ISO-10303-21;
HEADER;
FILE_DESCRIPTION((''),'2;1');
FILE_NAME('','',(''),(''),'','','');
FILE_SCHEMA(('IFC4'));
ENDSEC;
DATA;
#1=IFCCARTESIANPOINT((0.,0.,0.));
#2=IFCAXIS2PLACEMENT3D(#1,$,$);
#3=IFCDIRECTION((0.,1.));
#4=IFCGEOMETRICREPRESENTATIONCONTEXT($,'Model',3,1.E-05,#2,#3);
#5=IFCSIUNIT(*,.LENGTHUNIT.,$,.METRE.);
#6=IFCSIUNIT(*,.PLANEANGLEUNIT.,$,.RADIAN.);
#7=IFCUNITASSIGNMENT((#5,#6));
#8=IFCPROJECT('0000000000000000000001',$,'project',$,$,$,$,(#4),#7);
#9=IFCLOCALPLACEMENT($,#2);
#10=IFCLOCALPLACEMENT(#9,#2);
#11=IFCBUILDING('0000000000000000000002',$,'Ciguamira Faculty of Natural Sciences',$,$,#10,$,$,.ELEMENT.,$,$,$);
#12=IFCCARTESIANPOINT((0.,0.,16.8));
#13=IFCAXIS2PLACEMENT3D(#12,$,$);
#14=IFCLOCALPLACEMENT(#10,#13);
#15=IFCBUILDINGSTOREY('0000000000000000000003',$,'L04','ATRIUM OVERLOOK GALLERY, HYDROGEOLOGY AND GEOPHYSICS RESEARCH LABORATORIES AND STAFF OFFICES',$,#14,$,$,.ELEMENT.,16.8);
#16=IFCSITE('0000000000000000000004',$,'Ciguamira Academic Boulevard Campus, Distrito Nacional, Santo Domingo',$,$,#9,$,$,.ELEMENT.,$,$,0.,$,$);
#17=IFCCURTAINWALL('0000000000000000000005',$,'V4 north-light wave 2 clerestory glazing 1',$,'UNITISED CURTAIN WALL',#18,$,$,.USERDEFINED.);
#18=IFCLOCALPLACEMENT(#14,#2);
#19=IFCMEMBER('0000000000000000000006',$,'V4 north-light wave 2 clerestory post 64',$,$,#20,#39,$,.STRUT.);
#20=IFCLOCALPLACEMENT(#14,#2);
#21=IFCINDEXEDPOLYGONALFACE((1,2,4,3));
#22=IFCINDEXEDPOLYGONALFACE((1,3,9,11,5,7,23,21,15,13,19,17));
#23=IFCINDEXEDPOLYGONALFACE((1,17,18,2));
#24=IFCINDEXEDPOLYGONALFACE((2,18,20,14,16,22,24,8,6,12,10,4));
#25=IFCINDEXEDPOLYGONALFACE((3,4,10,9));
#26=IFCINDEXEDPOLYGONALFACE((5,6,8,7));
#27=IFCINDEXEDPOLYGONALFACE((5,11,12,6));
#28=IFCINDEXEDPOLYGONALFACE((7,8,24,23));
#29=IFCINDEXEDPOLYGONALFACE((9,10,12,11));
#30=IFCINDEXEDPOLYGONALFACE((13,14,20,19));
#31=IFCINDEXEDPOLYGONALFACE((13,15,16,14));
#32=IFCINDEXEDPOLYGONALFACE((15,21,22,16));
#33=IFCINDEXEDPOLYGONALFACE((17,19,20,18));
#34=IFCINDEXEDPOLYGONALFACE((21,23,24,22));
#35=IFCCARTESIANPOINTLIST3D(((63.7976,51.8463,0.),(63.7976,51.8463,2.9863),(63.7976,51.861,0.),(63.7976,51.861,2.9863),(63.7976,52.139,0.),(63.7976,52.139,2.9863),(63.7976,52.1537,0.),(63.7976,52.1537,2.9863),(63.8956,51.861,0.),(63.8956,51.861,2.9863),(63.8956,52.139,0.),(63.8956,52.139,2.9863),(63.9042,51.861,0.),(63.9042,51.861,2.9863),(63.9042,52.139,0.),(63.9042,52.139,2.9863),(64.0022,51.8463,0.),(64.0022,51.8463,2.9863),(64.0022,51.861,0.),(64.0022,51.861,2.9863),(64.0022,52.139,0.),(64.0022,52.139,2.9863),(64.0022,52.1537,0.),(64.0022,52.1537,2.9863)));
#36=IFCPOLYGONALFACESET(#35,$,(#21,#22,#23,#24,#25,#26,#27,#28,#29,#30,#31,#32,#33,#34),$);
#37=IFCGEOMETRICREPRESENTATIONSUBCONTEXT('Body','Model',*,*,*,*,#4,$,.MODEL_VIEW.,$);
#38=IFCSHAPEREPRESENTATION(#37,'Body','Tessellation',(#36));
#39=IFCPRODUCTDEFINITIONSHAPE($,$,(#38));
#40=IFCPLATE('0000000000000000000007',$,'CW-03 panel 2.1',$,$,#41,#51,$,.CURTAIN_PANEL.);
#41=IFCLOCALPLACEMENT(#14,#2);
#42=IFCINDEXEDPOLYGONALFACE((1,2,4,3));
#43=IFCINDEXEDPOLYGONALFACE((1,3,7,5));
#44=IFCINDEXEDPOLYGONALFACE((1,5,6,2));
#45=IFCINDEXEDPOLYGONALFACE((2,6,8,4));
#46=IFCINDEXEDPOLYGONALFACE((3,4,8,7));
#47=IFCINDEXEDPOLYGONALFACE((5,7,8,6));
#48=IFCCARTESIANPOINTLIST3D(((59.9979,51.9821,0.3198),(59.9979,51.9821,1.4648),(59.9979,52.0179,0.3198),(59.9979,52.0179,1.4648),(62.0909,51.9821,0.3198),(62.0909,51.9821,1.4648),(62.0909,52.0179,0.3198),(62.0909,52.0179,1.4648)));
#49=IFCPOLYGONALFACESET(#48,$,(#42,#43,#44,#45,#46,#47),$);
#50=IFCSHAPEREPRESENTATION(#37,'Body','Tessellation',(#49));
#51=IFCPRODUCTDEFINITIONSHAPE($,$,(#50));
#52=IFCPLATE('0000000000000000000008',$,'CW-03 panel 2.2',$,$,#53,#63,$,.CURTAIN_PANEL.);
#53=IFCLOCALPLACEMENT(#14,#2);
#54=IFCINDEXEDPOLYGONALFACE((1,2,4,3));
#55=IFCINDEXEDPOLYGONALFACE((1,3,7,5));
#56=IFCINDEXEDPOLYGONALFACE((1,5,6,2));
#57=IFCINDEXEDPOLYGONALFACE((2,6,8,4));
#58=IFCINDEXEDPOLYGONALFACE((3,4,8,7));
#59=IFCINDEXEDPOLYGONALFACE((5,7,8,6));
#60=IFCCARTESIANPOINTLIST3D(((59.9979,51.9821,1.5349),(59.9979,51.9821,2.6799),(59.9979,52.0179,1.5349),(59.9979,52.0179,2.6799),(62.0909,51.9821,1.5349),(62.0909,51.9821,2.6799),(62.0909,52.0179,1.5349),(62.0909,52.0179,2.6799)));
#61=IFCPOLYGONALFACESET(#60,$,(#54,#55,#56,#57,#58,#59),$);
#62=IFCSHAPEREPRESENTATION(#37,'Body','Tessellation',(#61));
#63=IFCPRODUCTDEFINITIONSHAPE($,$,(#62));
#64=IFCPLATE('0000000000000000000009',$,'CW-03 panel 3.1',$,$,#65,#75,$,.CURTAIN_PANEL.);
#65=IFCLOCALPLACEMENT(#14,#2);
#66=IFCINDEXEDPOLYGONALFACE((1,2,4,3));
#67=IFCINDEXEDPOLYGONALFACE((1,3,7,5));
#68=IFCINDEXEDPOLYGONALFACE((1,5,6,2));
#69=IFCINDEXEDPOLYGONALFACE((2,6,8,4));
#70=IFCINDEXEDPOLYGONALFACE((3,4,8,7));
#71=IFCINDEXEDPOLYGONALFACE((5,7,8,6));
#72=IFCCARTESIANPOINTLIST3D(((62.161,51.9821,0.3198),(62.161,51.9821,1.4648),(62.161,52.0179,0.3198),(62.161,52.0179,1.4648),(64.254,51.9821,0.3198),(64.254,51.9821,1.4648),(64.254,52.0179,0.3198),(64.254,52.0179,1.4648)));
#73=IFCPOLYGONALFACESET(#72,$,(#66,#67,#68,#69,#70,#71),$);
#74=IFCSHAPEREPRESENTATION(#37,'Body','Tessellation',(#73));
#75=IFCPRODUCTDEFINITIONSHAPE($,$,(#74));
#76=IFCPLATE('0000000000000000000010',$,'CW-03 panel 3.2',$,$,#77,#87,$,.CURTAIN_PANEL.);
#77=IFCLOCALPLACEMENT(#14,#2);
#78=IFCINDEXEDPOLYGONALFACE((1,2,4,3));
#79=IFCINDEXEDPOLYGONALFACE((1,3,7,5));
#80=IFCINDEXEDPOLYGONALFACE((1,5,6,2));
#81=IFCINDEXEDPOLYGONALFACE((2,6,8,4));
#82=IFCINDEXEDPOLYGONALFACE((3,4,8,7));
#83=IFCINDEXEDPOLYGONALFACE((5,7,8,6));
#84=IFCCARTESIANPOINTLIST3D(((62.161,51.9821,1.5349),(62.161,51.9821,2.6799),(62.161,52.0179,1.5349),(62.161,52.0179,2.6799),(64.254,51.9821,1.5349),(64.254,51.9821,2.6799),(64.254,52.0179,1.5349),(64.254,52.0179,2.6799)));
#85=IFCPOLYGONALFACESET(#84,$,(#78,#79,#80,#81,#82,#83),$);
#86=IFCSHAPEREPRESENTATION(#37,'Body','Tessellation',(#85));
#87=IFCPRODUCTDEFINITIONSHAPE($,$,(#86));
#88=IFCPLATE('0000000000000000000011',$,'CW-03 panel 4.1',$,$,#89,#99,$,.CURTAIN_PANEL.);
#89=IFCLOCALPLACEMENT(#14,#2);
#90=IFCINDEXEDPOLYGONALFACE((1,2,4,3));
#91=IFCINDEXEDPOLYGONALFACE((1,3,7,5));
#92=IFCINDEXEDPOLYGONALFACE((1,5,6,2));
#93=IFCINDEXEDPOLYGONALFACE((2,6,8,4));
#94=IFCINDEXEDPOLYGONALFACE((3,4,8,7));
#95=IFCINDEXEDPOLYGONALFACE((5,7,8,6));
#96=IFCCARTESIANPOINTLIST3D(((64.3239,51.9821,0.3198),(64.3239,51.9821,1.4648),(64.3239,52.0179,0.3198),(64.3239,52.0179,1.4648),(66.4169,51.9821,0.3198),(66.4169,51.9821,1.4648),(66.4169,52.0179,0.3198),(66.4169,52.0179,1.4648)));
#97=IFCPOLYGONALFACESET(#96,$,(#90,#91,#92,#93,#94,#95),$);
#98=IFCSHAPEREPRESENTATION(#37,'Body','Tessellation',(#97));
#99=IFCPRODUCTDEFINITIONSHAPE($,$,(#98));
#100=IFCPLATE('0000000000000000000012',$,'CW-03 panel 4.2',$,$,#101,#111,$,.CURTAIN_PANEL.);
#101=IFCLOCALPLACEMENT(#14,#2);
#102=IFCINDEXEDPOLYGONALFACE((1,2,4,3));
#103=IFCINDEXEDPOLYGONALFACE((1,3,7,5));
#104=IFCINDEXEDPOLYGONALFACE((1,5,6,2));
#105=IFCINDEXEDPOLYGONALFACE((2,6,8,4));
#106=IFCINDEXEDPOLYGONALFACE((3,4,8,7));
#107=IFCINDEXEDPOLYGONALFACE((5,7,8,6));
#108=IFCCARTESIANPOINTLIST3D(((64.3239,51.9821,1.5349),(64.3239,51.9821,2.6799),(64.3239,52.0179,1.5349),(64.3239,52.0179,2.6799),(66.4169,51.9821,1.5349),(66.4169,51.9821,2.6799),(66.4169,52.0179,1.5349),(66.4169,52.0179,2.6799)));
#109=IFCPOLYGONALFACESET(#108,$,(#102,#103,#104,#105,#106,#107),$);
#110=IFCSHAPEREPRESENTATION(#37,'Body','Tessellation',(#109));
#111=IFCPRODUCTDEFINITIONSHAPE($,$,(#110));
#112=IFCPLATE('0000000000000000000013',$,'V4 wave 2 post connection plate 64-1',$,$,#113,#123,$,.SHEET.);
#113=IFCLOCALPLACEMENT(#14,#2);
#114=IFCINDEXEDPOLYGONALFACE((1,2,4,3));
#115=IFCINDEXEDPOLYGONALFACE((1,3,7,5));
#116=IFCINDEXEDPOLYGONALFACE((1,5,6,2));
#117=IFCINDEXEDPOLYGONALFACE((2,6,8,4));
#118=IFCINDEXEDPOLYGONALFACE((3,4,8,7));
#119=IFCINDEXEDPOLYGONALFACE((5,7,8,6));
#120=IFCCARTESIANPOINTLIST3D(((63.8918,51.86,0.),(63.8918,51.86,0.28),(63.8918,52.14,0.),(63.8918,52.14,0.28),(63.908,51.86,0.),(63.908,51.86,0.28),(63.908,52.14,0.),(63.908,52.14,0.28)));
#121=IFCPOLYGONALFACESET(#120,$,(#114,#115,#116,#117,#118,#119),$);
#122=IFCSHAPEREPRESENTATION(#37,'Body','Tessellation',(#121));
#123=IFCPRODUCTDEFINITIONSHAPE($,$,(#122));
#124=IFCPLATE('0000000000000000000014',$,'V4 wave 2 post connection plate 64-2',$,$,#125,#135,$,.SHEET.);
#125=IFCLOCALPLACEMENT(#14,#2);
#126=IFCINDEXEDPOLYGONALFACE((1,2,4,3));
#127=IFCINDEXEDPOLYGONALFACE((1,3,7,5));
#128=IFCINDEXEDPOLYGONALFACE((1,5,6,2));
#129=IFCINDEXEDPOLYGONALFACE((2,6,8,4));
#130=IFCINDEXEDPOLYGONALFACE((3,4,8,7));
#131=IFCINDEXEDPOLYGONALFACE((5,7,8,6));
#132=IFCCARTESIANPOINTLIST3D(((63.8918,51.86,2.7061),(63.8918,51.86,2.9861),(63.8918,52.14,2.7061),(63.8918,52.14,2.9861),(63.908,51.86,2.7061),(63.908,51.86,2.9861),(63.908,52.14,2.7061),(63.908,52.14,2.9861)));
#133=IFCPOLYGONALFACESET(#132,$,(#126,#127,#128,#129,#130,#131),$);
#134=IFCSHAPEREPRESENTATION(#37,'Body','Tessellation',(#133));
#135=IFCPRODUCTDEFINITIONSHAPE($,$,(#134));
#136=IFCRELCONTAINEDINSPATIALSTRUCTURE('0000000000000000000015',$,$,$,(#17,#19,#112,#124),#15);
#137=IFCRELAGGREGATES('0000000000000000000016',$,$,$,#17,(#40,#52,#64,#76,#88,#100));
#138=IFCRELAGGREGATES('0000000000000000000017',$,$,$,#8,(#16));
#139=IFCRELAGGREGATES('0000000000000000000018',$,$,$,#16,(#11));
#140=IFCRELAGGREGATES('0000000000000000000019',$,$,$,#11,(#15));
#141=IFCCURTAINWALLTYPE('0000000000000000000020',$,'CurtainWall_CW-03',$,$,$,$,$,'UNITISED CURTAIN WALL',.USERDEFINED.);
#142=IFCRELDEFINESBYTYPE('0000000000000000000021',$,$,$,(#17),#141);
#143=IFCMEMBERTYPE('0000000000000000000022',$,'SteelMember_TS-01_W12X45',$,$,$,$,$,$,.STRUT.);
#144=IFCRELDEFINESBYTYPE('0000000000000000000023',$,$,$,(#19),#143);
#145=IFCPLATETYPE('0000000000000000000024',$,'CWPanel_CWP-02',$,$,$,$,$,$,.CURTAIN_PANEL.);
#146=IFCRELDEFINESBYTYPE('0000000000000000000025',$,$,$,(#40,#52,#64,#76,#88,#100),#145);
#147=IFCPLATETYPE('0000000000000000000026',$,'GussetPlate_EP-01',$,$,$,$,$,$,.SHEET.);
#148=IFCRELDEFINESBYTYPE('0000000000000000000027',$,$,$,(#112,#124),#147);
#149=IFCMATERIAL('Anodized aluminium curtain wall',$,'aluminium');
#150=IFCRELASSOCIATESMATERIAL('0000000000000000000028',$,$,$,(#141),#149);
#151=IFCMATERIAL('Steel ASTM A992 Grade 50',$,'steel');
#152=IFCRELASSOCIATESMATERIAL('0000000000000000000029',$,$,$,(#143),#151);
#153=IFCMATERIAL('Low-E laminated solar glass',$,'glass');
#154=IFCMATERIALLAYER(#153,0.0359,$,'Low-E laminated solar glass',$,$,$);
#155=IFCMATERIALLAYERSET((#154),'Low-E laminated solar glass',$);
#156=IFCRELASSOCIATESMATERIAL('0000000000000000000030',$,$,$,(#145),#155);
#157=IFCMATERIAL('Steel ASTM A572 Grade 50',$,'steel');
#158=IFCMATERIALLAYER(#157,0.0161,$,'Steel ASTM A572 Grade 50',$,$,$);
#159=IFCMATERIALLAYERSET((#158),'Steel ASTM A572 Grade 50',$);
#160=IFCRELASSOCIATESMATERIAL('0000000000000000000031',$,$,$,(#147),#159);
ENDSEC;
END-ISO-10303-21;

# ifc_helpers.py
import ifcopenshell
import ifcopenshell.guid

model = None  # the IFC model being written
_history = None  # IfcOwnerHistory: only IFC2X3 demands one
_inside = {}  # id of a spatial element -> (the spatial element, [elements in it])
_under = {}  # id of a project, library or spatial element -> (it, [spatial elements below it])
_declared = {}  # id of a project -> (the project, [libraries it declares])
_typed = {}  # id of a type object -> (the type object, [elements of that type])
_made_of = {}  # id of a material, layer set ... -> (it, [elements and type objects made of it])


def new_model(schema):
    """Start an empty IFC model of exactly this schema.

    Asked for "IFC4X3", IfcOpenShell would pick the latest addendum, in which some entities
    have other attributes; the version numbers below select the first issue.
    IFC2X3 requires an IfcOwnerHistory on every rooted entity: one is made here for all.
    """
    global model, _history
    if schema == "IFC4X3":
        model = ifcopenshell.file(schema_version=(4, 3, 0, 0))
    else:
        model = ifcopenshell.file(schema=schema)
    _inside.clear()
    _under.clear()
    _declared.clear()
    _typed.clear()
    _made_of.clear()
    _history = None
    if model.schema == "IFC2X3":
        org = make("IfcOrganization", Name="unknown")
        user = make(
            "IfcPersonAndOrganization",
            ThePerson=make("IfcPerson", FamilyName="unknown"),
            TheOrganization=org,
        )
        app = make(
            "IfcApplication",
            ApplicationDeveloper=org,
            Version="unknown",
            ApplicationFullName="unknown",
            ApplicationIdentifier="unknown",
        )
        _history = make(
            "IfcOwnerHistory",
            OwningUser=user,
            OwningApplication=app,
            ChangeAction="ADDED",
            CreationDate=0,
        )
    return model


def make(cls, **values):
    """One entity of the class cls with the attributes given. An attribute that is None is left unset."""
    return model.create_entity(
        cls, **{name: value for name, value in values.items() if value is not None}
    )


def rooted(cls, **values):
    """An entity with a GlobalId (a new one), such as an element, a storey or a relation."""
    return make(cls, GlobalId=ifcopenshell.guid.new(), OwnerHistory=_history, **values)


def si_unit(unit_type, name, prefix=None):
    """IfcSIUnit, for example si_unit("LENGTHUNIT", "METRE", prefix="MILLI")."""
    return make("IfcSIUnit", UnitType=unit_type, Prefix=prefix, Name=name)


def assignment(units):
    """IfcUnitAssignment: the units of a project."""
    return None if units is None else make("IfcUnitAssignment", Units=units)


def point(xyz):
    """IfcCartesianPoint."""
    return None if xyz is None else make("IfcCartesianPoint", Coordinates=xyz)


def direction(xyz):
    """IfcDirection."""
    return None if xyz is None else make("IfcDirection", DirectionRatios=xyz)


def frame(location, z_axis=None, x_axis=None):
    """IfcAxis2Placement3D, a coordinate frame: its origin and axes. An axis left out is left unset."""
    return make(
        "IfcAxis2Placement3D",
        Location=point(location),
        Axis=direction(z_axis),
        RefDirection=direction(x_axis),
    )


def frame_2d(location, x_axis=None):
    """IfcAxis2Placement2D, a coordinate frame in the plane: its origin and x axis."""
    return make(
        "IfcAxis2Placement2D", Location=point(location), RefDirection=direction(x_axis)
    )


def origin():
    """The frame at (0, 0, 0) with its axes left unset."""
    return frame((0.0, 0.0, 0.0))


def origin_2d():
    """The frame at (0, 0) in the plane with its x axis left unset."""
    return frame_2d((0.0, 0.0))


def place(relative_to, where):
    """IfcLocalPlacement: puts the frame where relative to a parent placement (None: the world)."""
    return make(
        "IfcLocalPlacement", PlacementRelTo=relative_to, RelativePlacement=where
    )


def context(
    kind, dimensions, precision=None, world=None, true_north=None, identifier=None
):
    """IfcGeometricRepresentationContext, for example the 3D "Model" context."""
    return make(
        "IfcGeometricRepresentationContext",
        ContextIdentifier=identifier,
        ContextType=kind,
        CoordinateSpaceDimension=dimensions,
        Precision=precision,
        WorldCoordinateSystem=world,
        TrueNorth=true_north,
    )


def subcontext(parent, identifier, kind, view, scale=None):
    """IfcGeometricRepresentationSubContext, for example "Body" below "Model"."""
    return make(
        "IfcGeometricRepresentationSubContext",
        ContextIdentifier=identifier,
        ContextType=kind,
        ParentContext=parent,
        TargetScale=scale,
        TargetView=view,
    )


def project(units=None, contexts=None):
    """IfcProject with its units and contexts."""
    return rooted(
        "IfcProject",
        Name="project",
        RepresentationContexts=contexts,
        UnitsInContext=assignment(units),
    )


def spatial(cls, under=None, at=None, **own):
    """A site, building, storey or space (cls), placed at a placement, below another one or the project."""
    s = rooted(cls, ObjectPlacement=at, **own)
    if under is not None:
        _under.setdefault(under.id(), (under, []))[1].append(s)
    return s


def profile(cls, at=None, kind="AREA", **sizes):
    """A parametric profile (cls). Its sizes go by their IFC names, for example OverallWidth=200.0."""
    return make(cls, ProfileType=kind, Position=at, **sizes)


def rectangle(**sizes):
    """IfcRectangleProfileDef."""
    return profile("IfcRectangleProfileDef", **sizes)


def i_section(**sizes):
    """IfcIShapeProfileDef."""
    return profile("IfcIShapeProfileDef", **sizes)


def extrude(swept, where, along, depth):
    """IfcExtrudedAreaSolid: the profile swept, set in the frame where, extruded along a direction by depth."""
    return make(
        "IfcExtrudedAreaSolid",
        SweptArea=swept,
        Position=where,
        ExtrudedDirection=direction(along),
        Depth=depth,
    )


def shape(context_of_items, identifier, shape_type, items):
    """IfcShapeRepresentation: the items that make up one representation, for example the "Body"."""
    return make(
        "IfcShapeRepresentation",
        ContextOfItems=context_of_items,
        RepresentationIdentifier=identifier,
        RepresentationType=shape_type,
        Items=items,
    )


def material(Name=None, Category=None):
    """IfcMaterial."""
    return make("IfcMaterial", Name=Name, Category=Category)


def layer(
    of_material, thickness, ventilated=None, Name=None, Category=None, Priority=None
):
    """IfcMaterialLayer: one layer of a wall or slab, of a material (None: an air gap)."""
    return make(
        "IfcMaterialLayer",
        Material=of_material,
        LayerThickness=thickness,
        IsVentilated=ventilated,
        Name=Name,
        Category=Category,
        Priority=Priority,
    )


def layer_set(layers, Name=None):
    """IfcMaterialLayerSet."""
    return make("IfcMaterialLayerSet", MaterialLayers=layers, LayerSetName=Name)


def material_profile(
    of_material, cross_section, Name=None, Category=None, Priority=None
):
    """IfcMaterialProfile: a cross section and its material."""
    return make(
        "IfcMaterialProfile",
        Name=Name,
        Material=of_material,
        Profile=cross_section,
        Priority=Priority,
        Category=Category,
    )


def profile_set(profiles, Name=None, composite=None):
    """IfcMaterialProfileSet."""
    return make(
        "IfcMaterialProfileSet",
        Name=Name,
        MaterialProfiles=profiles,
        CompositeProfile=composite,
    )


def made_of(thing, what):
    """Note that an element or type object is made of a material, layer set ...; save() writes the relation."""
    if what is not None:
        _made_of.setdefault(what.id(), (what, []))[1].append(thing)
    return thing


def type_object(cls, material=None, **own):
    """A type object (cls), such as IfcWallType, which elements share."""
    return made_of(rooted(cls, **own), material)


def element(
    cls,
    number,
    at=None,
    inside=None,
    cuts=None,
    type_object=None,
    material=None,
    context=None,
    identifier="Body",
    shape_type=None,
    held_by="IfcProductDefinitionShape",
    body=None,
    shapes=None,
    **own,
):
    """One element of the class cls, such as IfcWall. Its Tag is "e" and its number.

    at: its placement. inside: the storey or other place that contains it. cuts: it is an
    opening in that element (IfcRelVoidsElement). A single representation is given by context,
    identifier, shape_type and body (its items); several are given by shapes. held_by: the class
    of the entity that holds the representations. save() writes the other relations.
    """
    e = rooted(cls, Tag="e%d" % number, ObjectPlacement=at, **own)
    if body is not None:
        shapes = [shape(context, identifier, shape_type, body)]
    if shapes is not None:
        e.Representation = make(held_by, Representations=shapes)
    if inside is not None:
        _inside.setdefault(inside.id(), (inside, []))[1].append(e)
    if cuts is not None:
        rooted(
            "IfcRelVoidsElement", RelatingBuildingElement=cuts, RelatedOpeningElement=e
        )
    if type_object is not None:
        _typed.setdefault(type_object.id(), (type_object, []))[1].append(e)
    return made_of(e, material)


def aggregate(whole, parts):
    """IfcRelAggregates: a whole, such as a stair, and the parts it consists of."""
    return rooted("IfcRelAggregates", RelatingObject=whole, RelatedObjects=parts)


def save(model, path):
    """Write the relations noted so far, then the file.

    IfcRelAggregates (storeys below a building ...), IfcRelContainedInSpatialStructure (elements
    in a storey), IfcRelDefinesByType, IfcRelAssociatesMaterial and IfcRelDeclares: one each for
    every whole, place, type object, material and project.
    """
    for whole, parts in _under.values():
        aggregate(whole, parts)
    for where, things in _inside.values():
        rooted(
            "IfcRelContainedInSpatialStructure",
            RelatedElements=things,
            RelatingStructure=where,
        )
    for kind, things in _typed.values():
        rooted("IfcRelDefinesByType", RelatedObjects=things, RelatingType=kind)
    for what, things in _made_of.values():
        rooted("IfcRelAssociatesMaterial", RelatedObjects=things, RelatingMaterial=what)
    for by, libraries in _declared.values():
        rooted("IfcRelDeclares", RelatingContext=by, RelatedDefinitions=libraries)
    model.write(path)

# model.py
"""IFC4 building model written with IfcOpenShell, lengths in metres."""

from ifc_helpers import new_model, si_unit, direction, frame, origin, origin_2d, place, context, subcontext, project, spatial, rectangle, i_section, extrude, material, layer, layer_set, material_profile, profile_set, type_object, element, aggregate, save


model = new_model("IFC4")

# Units and contexts
model_context = context("Model", 3, precision=1e-05, world=origin(), true_north=direction((0.0, 1.0)))
body_context = subcontext(model_context, "Body", "Model", "MODEL_VIEW")
ifc_project = project(units=[si_unit("LENGTHUNIT", "METRE"), si_unit("PLANEANGLEUNIT", "RADIAN")], contexts=[model_context])

# Site, building, storey
site_placement = place(None, origin())
site = spatial("IfcSite", under=ifc_project, at=site_placement, Name="Ciguamira Academic Boulevard Campus, Distrito Nacional, Santo Domingo", CompositionType="ELEMENT", RefElevation=0.0)
building_placement = place(site_placement, origin())
building = spatial("IfcBuilding", under=site, at=building_placement, Name="Ciguamira Faculty of Natural Sciences", CompositionType="ELEMENT")
storey_placement = place(building_placement, frame((0.0, 0.0, 16.8)))
storey = spatial("IfcBuildingStorey", under=building, at=storey_placement, Name="L04", Description="ATRIUM OVERLOOK GALLERY, HYDROGEOLOGY AND GEOPHYSICS RESEARCH LABORATORIES AND STAFF OFFICES", CompositionType="ELEMENT", Elevation=16.8)

# Curtain wall
ifc_material_1 = material(Name="Anodized aluminium curtain wall", Category="aluminium")
curtain_wall_type = type_object("IfcCurtainWallType", Name="CurtainWall_CW-03", ElementType="UNITISED CURTAIN WALL", PredefinedType="USERDEFINED", material=ifc_material_1)
curtain_wall_placement = place(storey_placement, origin())
curtain_wall = element("IfcCurtainWall", 1, at=curtain_wall_placement, inside=storey, type_object=curtain_wall_type, Name="V4 north-light wave 2 clerestory glazing 1", ObjectType="UNITISED CURTAIN WALL", PredefinedType="USERDEFINED")

# Member
ifc_material_2 = material(Name="Steel ASTM A992 Grade 50", Category="steel")
ifc_material_profile_1 = material_profile(ifc_material_2, i_section(OverallWidth=0.2046, OverallDepth=0.3074, WebThickness=0.0085, FlangeThickness=0.0146, at=origin_2d()), Name="W12X45")
ifc_profile_set_1 = profile_set([ifc_material_profile_1], Name="Steel ASTM A992 Grade 50")
member_type_1 = type_object("IfcMemberType", Name="SteelMember_TS-01_W12X45", PredefinedType="STRUT", material=ifc_profile_set_1)
member_1_placement = place(storey_placement, frame((63.8999, 52.0, 0.0), z_axis=(0.0, 0.0, 1.0), x_axis=(1.0, 0.0, 0.0)))
element("IfcMember", 2, at=member_1_placement, inside=storey, type_object=member_type_1, Name="V4 north-light wave 2 clerestory post 64", PredefinedType="STRUT", context=body_context, shape_type="SweptSolid", body=[
    extrude(i_section(OverallWidth=0.2046, OverallDepth=0.3074, WebThickness=0.0085, FlangeThickness=0.0146, at=origin_2d()), origin(), (0.0, 0.0, 1.0), 2.9863),
])

# Plates
ifc_material_3 = material(Name="Low-E laminated solar glass", Category="glass")
ifc_layer_1 = layer(ifc_material_3, 0.0359, Name="Low-E laminated solar glass")
ifc_layer_set_1 = layer_set([ifc_layer_1], Name="Low-E laminated solar glass")
plate_type_1 = type_object("IfcPlateType", Name="CWPanel_CWP-02", PredefinedType="CURTAIN_PANEL", material=ifc_layer_set_1)
plate_1_placement = place(storey_placement, frame((61.0444, 52.0, 0.3198), z_axis=(0.0, 0.0, 1.0), x_axis=(1.0, 0.0, 0.0)))
plate_1 = element("IfcPlate", 3, at=plate_1_placement, type_object=plate_type_1, Name="CW-03 panel 2.1", PredefinedType="CURTAIN_PANEL", context=body_context, shape_type="SweptSolid", body=[
    extrude(rectangle(XDim=2.093, YDim=0.0359, at=origin_2d()), origin(), (0.0, 0.0, 1.0), 1.145),
])
plate_2_placement = place(storey_placement, frame((61.0444, 52.0, 1.5349), z_axis=(0.0, 0.0, 1.0), x_axis=(1.0, 0.0, 0.0)))
plate_2 = element("IfcPlate", 4, at=plate_2_placement, type_object=plate_type_1, Name="CW-03 panel 2.2", PredefinedType="CURTAIN_PANEL", context=body_context, shape_type="SweptSolid", body=[
    extrude(rectangle(XDim=2.093, YDim=0.0359, at=origin_2d()), origin(), (0.0, 0.0, 1.0), 1.145),
])
plate_3_placement = place(storey_placement, frame((63.2075, 52.0, 0.3198), z_axis=(0.0, 0.0, 1.0), x_axis=(1.0, 0.0, 0.0)))
plate_3 = element("IfcPlate", 5, at=plate_3_placement, type_object=plate_type_1, Name="CW-03 panel 3.1", PredefinedType="CURTAIN_PANEL", context=body_context, shape_type="SweptSolid", body=[
    extrude(rectangle(XDim=2.093, YDim=0.0359, at=origin_2d()), origin(), (0.0, 0.0, 1.0), 1.145),
])
plate_4_placement = place(storey_placement, frame((63.2075, 52.0, 1.5349), z_axis=(0.0, 0.0, 1.0), x_axis=(1.0, 0.0, 0.0)))
plate_4 = element("IfcPlate", 6, at=plate_4_placement, type_object=plate_type_1, Name="CW-03 panel 3.2", PredefinedType="CURTAIN_PANEL", context=body_context, shape_type="SweptSolid", body=[
    extrude(rectangle(XDim=2.093, YDim=0.0359, at=origin_2d()), origin(), (0.0, 0.0, 1.0), 1.145),
])
plate_5_placement = place(storey_placement, frame((65.3704, 52.0, 0.3198), z_axis=(0.0, 0.0, 1.0), x_axis=(1.0, 0.0, 0.0)))
plate_5 = element("IfcPlate", 7, at=plate_5_placement, type_object=plate_type_1, Name="CW-03 panel 4.1", PredefinedType="CURTAIN_PANEL", context=body_context, shape_type="SweptSolid", body=[
    extrude(rectangle(XDim=2.093, YDim=0.0359, at=origin_2d()), origin(), (0.0, 0.0, 1.0), 1.145),
])
plate_6_placement = place(storey_placement, frame((65.3704, 52.0, 1.5349), z_axis=(0.0, 0.0, 1.0), x_axis=(1.0, 0.0, 0.0)))
plate_6 = element("IfcPlate", 8, at=plate_6_placement, type_object=plate_type_1, Name="CW-03 panel 4.2", PredefinedType="CURTAIN_PANEL", context=body_context, shape_type="SweptSolid", body=[
    extrude(rectangle(XDim=2.093, YDim=0.0359, at=origin_2d()), origin(), (0.0, 0.0, 1.0), 1.145),
])
aggregate(curtain_wall, [plate_1, plate_2, plate_3, plate_4, plate_5, plate_6])

# Plates
ifc_material_4 = material(Name="Steel ASTM A572 Grade 50", Category="steel")
ifc_layer_2 = layer(ifc_material_4, 0.0161, Name="Steel ASTM A572 Grade 50")
ifc_layer_set_2 = layer_set([ifc_layer_2], Name="Steel ASTM A572 Grade 50")
plate_type_2 = type_object("IfcPlateType", Name="GussetPlate_EP-01", PredefinedType="SHEET", material=ifc_layer_set_2)
for number, where, z_axis, x_axis, name in (
    (9, (63.8999, 52.0, 0.0), (0.0, 0.0, 1.0), (1.0, 0.0, 0.0), "V4 wave 2 post connection plate 64-1"),
    (10, (63.8999, 52.0, 2.7061), (0.0, 0.0, 1.0), (1.0, 0.0, 0.0), "V4 wave 2 post connection plate 64-2"),
):
    element("IfcPlate", number, at=place(storey_placement, frame(where, z_axis=z_axis, x_axis=x_axis)), inside=storey, type_object=plate_type_2, Name=name, PredefinedType="SHEET", context=body_context, shape_type="SweptSolid", body=[
        extrude(rectangle(XDim=0.0161, YDim=0.28, at=origin_2d()), origin(), (0.0, 0.0, 1.0), 0.28),
    ])

save(model, "model.ifc")
